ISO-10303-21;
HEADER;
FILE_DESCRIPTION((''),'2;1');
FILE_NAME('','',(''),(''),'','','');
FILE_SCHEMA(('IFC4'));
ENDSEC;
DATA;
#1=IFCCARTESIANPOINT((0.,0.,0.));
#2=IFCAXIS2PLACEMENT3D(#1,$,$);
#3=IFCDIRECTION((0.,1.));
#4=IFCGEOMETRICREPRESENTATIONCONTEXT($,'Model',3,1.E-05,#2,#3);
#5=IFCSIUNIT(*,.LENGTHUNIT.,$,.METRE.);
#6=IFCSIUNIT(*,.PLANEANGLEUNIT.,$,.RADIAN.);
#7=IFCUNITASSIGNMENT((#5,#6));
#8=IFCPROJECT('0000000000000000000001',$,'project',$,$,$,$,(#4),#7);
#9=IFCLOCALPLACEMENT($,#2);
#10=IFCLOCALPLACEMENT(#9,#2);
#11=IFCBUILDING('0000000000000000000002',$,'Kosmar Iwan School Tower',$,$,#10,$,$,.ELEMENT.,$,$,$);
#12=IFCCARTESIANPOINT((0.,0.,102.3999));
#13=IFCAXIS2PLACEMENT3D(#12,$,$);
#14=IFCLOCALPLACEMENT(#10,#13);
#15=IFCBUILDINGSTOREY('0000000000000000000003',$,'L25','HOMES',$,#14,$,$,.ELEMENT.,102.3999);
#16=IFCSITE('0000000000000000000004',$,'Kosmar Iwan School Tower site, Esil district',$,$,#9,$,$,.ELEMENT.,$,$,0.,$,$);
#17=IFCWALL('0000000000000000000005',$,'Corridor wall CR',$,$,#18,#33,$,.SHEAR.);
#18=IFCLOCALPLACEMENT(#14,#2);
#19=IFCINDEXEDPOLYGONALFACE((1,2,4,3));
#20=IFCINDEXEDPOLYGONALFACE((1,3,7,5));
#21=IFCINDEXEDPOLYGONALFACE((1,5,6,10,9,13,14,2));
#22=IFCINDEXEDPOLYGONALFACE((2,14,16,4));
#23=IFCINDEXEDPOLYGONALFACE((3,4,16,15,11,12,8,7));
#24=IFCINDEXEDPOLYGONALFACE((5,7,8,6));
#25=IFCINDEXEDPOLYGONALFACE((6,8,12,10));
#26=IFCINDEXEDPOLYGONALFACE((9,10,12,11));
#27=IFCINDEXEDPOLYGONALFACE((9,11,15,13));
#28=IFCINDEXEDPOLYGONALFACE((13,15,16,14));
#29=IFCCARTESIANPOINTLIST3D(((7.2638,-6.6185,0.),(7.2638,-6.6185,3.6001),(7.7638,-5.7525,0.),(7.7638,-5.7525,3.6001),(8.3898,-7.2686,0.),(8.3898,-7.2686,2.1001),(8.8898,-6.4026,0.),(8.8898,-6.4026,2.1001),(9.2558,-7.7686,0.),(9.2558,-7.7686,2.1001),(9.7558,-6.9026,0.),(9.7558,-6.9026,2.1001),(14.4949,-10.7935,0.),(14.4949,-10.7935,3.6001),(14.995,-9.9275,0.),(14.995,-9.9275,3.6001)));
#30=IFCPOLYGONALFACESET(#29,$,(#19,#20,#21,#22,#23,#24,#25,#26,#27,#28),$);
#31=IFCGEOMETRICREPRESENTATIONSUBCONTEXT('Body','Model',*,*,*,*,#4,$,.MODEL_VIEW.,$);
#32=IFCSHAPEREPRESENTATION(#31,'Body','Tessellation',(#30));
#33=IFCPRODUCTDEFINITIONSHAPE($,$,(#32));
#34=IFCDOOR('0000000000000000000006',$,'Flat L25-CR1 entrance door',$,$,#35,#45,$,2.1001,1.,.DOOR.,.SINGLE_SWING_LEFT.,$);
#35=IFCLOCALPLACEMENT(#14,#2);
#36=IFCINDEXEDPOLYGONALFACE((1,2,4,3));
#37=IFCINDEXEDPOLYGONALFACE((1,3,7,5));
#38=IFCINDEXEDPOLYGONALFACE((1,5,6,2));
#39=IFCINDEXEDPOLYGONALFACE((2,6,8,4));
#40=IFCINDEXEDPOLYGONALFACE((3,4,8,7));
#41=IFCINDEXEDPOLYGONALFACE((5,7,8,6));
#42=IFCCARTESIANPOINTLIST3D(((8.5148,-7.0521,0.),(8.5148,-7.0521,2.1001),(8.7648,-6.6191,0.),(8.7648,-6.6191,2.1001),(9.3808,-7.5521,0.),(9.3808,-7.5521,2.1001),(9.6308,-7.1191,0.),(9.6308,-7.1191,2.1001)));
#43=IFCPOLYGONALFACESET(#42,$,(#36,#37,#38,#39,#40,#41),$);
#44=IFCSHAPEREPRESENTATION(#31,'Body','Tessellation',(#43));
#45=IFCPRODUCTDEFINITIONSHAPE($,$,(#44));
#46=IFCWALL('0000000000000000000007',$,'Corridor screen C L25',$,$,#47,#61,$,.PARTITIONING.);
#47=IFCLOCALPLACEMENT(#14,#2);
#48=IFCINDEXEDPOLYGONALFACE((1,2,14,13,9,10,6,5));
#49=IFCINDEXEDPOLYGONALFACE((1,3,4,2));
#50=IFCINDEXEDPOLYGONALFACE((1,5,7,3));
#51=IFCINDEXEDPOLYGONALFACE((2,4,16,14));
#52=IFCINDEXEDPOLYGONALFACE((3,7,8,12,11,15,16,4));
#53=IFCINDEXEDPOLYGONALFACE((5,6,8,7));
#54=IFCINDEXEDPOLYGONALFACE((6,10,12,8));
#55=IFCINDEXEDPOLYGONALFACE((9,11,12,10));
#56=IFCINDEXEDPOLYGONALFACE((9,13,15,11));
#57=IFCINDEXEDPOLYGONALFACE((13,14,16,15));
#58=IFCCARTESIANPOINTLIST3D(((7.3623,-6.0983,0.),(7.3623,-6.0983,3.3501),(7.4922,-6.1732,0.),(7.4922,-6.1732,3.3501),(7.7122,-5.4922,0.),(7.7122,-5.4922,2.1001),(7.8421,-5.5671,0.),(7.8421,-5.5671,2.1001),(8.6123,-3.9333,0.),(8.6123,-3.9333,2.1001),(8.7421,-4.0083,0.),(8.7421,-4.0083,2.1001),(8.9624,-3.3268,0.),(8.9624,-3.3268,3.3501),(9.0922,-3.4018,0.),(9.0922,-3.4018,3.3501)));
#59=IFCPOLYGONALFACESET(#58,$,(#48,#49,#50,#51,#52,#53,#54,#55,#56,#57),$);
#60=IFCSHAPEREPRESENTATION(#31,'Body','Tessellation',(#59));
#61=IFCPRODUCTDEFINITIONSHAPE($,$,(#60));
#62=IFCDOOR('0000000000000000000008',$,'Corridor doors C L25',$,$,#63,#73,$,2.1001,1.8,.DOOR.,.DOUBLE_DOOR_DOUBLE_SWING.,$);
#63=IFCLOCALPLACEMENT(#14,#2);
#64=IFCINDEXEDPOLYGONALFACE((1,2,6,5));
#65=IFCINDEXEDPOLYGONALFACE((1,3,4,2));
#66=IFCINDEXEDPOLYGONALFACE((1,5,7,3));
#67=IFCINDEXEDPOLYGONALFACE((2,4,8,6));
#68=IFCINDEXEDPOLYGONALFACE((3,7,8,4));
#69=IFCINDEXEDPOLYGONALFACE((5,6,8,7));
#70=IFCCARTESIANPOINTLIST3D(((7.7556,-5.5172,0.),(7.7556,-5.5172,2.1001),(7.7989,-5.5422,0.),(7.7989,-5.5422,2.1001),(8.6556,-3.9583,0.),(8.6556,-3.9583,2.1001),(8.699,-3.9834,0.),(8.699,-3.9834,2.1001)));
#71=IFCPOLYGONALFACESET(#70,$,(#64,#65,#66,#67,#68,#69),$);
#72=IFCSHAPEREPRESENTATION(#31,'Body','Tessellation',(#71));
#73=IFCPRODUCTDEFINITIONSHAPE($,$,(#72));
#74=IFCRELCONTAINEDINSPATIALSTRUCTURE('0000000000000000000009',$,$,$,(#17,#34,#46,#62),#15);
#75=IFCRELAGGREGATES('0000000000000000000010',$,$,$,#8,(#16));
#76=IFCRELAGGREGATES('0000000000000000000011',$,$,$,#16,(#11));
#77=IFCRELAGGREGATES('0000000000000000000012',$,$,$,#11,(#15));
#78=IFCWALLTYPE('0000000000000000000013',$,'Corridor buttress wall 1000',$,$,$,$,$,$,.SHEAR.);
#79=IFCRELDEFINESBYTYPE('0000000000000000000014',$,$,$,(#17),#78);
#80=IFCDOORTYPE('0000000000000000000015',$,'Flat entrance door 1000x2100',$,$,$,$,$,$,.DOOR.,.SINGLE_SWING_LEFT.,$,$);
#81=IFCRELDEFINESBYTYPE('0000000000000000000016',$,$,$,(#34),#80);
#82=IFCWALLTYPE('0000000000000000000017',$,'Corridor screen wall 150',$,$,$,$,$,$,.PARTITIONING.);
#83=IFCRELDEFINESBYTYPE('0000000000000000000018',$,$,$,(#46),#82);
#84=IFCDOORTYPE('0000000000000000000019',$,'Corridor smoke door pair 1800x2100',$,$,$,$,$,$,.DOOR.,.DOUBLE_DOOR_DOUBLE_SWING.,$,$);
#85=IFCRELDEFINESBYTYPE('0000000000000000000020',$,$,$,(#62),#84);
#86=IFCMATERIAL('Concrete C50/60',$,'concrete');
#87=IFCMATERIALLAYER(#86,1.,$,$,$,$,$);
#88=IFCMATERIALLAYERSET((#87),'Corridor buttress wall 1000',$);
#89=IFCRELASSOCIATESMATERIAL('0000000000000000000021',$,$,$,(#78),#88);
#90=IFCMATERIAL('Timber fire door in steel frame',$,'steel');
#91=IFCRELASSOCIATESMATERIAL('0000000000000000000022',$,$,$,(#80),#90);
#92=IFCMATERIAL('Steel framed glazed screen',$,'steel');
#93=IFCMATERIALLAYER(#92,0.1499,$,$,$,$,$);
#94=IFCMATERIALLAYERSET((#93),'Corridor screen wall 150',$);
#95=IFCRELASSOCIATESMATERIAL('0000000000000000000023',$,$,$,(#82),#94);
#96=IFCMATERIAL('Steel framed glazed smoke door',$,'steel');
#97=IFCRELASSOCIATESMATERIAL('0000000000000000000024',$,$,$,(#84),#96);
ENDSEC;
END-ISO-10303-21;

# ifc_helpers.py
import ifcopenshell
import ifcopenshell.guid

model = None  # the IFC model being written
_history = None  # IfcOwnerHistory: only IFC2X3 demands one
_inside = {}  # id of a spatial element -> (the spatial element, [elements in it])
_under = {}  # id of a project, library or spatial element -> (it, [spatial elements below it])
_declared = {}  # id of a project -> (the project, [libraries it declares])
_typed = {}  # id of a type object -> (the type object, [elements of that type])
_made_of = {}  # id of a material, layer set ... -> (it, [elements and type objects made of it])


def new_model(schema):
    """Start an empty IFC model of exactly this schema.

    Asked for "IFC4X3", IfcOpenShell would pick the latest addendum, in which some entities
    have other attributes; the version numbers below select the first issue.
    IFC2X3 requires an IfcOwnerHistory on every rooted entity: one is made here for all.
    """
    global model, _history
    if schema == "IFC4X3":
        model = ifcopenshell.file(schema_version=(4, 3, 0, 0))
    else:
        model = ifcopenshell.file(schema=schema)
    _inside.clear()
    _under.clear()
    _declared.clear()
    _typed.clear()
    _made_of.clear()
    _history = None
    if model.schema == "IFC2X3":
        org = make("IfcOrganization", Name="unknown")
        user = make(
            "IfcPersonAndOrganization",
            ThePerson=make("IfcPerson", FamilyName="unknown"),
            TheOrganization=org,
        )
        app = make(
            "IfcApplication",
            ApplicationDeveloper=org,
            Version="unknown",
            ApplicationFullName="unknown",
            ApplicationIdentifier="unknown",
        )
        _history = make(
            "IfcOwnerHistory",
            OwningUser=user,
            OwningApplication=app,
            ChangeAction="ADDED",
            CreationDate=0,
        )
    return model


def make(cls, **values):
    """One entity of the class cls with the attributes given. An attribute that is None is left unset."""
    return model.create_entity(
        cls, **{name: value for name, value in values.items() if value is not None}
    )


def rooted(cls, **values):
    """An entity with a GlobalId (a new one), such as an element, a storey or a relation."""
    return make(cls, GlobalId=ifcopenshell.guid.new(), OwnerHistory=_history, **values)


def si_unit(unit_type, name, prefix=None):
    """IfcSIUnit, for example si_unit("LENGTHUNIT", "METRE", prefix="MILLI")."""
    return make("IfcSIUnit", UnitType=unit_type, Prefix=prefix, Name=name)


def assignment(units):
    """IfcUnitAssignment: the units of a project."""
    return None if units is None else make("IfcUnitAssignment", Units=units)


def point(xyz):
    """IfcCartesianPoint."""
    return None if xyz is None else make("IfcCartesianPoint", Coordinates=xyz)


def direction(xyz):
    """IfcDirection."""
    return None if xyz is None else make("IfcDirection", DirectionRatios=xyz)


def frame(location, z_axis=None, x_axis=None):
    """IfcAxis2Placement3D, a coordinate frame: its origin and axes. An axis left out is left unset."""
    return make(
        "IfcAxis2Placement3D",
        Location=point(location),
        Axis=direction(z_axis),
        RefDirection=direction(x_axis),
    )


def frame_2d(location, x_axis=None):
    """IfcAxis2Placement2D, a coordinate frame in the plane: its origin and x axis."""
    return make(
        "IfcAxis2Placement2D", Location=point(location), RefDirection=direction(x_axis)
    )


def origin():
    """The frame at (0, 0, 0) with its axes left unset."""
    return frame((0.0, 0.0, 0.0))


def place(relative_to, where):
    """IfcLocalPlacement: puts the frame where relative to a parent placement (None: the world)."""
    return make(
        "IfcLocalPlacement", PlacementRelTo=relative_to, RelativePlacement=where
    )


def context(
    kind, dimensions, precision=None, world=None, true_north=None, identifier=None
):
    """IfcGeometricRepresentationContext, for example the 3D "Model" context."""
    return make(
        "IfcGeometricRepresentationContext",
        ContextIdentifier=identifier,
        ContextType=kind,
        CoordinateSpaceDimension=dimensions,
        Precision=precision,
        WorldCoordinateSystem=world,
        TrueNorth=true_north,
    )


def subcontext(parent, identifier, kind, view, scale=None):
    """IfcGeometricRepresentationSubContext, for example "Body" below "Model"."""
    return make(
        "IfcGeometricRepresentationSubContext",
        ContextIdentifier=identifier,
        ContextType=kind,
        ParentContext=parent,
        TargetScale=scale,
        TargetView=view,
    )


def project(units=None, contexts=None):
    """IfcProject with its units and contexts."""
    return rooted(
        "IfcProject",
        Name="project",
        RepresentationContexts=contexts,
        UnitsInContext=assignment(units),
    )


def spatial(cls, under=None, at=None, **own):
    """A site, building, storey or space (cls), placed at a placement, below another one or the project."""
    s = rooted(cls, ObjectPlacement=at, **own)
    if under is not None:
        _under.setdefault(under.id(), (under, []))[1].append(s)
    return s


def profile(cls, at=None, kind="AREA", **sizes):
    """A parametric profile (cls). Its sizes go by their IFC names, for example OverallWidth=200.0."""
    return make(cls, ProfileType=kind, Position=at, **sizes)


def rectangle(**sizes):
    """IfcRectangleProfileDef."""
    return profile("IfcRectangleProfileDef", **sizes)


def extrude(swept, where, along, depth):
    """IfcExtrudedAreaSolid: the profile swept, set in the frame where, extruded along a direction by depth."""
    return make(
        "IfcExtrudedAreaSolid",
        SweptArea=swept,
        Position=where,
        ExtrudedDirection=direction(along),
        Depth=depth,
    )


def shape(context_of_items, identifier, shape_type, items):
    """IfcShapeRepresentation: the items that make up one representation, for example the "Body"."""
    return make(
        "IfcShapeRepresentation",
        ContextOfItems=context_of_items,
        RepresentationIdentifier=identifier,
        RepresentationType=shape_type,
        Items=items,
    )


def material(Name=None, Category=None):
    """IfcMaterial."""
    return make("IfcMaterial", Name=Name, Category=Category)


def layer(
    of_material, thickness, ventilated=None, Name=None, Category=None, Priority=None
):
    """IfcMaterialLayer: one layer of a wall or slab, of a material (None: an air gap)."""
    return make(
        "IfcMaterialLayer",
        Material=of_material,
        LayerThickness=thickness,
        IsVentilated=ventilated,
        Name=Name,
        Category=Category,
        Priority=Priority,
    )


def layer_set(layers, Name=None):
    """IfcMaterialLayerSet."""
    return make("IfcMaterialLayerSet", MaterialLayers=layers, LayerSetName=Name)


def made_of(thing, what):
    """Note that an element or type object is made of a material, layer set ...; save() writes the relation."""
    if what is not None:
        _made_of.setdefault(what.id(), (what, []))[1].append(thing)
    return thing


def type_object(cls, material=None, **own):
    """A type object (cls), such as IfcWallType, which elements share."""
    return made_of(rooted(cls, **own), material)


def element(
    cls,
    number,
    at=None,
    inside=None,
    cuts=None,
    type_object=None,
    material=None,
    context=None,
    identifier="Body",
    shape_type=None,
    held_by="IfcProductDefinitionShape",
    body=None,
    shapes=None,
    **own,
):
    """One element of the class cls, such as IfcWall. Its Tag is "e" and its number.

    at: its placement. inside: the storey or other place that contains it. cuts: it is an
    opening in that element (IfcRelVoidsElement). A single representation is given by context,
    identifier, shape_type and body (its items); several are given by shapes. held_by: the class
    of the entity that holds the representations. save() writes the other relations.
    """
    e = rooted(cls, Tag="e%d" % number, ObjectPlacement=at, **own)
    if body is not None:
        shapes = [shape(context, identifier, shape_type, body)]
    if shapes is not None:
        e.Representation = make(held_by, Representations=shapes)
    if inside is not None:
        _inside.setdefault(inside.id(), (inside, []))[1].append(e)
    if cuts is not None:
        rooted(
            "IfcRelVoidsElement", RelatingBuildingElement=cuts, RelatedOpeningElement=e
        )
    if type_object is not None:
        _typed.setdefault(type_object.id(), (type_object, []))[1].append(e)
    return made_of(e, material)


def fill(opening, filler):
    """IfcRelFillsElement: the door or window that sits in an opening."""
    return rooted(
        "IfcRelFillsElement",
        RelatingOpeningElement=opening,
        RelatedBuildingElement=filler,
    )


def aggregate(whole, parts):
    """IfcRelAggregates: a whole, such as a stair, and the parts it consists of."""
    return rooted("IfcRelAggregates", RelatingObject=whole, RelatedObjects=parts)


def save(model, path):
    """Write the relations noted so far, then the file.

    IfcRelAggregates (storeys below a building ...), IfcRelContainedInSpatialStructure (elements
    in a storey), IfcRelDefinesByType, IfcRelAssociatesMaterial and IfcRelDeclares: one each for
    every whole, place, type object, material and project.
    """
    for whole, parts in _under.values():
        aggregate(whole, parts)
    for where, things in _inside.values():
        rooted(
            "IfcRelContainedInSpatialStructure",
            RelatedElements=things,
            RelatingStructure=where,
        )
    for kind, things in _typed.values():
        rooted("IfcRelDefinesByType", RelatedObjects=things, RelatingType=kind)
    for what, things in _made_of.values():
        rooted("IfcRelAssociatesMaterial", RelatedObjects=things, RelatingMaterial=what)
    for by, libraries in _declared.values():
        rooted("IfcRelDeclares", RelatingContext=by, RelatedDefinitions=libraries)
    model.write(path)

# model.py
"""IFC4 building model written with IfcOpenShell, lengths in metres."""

from ifc_helpers import new_model, si_unit, direction, frame, frame_2d, origin, place, context, subcontext, project, spatial, rectangle, extrude, material, layer, layer_set, type_object, element, fill, save


model = new_model("IFC4")

# Units and contexts
model_context = context("Model", 3, precision=1e-05, world=origin(), true_north=direction((0.0, 1.0)))
body_context = subcontext(model_context, "Body", "Model", "MODEL_VIEW")
ifc_project = project(units=[si_unit("LENGTHUNIT", "METRE"), si_unit("PLANEANGLEUNIT", "RADIAN")], contexts=[model_context])

# Site, building, storey
site_placement = place(None, origin())
site = spatial("IfcSite", under=ifc_project, at=site_placement, Name="Kosmar Iwan School Tower site, Esil district", CompositionType="ELEMENT", RefElevation=0.0)
building_placement = place(site_placement, origin())
building = spatial("IfcBuilding", under=site, at=building_placement, Name="Kosmar Iwan School Tower", CompositionType="ELEMENT")
storey_placement = place(building_placement, frame((0.0, 0.0, 102.3999)))
storey = spatial("IfcBuildingStorey", under=building, at=storey_placement, Name="L25", Description="HOMES", CompositionType="ELEMENT", Elevation=102.3999)

# Walls, openings, doors
ifc_material_1 = material(Name="Concrete C50/60", Category="concrete")
ifc_layer_1 = layer(ifc_material_1, 1.0)
ifc_layer_set_1 = layer_set([ifc_layer_1], Name="Corridor buttress wall 1000")
wall_type_1 = type_object("IfcWallType", Name="Corridor buttress wall 1000", PredefinedType="SHEAR", material=ifc_layer_set_1)
wall_1_placement = place(storey_placement, frame((7.5139, -6.1855, 0.0), z_axis=(0.0, 0.0, 1.0), x_axis=(0.86602, -0.50001, 0.0)))
wall_1 = element("IfcWall", 1, at=wall_1_placement, inside=storey, type_object=wall_type_1, Name="Corridor wall CR", PredefinedType="SHEAR", context=body_context, shape_type="SweptSolid", body=[
    extrude(rectangle(XDim=8.3499, YDim=1.0, at=frame_2d((4.1748, 0.0))), origin(), (0.0, 0.0, 1.0), 3.6001),
])
opening_1_placement = place(wall_1_placement, frame((1.3, 0.0, 0.0)))
opening_1 = element("IfcOpeningElement", 2, at=opening_1_placement, cuts=wall_1, PredefinedType="OPENING", context=body_context, shape_type="SweptSolid", body=[
    extrude(rectangle(XDim=1.0, YDim=2.1001, at=frame_2d((0.5, 1.05))), frame((0.0, 0.512, 0.0), z_axis=(0.0, -1.0, 0.0), x_axis=(1.0, 0.0, 0.0)), (0.0, 0.0, 1.0), 1.0239),
])
ifc_material_2 = material(Name="Timber fire door in steel frame", Category="steel")
door_type_1 = type_object("IfcDoorType", Name="Flat entrance door 1000x2100", OperationType="SINGLE_SWING_LEFT", PredefinedType="DOOR", material=ifc_material_2)
door_1_placement = place(opening_1_placement, origin())
door_1 = element("IfcDoor", 3, at=door_1_placement, inside=storey, type_object=door_type_1, Name="Flat L25-CR1 entrance door", OperationType="SINGLE_SWING_LEFT", OverallHeight=2.1001, OverallWidth=1.0, PredefinedType="DOOR", context=body_context, shape_type="SweptSolid", body=[
    extrude(rectangle(XDim=1.0, YDim=2.1001, at=frame_2d((0.5, 1.05))), frame((0.0, 0.25, 0.0), z_axis=(0.0, -1.0, 0.0), x_axis=(1.0, 0.0, 0.0)), (0.0, 0.0, 1.0), 0.5),
])
fill(opening_1, door_1)
ifc_material_3 = material(Name="Steel framed glazed screen", Category="steel")
ifc_layer_2 = layer(ifc_material_3, 0.1499)
ifc_layer_set_2 = layer_set([ifc_layer_2], Name="Corridor screen wall 150")
wall_type_2 = type_object("IfcWallType", Name="Corridor screen wall 150", PredefinedType="PARTITIONING", material=ifc_layer_set_2)
wall_2_placement = place(storey_placement, frame((7.4272, -6.1357, 0.0), z_axis=(0.0, 0.0, 1.0), x_axis=(0.499995, 0.866028, 0.0)))
wall_2 = element("IfcWall", 4, at=wall_2_placement, inside=storey, type_object=wall_type_2, Name="Corridor screen C L25", PredefinedType="PARTITIONING", context=body_context, shape_type="SweptSolid", body=[
    extrude(rectangle(XDim=3.2002, YDim=0.1499, at=frame_2d((1.6001, 0.0))), origin(), (0.0, 0.0, 1.0), 3.3501),
])
opening_2_placement = place(wall_2_placement, frame((0.7, 0.0, 0.0)))
opening_2 = element("IfcOpeningElement", 5, at=opening_2_placement, cuts=wall_2, PredefinedType="OPENING", context=body_context, shape_type="SweptSolid", body=[
    extrude(rectangle(XDim=1.8, YDim=2.1001, at=frame_2d((0.8999, 1.05))), frame((0.0, 0.0869, 0.0), z_axis=(0.0, -1.0, 0.0), x_axis=(1.0, 0.0, 0.0)), (0.0, 0.0, 1.0), 0.1738),
])
ifc_material_4 = material(Name="Steel framed glazed smoke door", Category="steel")
door_type_2 = type_object("IfcDoorType", Name="Corridor smoke door pair 1800x2100", OperationType="DOUBLE_DOOR_DOUBLE_SWING", PredefinedType="DOOR", material=ifc_material_4)
door_2_placement = place(opening_2_placement, origin())
door_2 = element("IfcDoor", 6, at=door_2_placement, inside=storey, type_object=door_type_2, Name="Corridor doors C L25", OperationType="DOUBLE_DOOR_DOUBLE_SWING", OverallHeight=2.1001, OverallWidth=1.8, PredefinedType="DOOR", context=body_context, shape_type="SweptSolid", body=[
    extrude(rectangle(XDim=1.8, YDim=2.1001, at=frame_2d((0.8999, 1.05))), frame((0.0, 0.0249, 0.0), z_axis=(0.0, -1.0, 0.0), x_axis=(1.0, 0.0, 0.0)), (0.0, 0.0, 1.0), 0.05),
])
fill(opening_2, door_2)

save(model, "model.ifc")
